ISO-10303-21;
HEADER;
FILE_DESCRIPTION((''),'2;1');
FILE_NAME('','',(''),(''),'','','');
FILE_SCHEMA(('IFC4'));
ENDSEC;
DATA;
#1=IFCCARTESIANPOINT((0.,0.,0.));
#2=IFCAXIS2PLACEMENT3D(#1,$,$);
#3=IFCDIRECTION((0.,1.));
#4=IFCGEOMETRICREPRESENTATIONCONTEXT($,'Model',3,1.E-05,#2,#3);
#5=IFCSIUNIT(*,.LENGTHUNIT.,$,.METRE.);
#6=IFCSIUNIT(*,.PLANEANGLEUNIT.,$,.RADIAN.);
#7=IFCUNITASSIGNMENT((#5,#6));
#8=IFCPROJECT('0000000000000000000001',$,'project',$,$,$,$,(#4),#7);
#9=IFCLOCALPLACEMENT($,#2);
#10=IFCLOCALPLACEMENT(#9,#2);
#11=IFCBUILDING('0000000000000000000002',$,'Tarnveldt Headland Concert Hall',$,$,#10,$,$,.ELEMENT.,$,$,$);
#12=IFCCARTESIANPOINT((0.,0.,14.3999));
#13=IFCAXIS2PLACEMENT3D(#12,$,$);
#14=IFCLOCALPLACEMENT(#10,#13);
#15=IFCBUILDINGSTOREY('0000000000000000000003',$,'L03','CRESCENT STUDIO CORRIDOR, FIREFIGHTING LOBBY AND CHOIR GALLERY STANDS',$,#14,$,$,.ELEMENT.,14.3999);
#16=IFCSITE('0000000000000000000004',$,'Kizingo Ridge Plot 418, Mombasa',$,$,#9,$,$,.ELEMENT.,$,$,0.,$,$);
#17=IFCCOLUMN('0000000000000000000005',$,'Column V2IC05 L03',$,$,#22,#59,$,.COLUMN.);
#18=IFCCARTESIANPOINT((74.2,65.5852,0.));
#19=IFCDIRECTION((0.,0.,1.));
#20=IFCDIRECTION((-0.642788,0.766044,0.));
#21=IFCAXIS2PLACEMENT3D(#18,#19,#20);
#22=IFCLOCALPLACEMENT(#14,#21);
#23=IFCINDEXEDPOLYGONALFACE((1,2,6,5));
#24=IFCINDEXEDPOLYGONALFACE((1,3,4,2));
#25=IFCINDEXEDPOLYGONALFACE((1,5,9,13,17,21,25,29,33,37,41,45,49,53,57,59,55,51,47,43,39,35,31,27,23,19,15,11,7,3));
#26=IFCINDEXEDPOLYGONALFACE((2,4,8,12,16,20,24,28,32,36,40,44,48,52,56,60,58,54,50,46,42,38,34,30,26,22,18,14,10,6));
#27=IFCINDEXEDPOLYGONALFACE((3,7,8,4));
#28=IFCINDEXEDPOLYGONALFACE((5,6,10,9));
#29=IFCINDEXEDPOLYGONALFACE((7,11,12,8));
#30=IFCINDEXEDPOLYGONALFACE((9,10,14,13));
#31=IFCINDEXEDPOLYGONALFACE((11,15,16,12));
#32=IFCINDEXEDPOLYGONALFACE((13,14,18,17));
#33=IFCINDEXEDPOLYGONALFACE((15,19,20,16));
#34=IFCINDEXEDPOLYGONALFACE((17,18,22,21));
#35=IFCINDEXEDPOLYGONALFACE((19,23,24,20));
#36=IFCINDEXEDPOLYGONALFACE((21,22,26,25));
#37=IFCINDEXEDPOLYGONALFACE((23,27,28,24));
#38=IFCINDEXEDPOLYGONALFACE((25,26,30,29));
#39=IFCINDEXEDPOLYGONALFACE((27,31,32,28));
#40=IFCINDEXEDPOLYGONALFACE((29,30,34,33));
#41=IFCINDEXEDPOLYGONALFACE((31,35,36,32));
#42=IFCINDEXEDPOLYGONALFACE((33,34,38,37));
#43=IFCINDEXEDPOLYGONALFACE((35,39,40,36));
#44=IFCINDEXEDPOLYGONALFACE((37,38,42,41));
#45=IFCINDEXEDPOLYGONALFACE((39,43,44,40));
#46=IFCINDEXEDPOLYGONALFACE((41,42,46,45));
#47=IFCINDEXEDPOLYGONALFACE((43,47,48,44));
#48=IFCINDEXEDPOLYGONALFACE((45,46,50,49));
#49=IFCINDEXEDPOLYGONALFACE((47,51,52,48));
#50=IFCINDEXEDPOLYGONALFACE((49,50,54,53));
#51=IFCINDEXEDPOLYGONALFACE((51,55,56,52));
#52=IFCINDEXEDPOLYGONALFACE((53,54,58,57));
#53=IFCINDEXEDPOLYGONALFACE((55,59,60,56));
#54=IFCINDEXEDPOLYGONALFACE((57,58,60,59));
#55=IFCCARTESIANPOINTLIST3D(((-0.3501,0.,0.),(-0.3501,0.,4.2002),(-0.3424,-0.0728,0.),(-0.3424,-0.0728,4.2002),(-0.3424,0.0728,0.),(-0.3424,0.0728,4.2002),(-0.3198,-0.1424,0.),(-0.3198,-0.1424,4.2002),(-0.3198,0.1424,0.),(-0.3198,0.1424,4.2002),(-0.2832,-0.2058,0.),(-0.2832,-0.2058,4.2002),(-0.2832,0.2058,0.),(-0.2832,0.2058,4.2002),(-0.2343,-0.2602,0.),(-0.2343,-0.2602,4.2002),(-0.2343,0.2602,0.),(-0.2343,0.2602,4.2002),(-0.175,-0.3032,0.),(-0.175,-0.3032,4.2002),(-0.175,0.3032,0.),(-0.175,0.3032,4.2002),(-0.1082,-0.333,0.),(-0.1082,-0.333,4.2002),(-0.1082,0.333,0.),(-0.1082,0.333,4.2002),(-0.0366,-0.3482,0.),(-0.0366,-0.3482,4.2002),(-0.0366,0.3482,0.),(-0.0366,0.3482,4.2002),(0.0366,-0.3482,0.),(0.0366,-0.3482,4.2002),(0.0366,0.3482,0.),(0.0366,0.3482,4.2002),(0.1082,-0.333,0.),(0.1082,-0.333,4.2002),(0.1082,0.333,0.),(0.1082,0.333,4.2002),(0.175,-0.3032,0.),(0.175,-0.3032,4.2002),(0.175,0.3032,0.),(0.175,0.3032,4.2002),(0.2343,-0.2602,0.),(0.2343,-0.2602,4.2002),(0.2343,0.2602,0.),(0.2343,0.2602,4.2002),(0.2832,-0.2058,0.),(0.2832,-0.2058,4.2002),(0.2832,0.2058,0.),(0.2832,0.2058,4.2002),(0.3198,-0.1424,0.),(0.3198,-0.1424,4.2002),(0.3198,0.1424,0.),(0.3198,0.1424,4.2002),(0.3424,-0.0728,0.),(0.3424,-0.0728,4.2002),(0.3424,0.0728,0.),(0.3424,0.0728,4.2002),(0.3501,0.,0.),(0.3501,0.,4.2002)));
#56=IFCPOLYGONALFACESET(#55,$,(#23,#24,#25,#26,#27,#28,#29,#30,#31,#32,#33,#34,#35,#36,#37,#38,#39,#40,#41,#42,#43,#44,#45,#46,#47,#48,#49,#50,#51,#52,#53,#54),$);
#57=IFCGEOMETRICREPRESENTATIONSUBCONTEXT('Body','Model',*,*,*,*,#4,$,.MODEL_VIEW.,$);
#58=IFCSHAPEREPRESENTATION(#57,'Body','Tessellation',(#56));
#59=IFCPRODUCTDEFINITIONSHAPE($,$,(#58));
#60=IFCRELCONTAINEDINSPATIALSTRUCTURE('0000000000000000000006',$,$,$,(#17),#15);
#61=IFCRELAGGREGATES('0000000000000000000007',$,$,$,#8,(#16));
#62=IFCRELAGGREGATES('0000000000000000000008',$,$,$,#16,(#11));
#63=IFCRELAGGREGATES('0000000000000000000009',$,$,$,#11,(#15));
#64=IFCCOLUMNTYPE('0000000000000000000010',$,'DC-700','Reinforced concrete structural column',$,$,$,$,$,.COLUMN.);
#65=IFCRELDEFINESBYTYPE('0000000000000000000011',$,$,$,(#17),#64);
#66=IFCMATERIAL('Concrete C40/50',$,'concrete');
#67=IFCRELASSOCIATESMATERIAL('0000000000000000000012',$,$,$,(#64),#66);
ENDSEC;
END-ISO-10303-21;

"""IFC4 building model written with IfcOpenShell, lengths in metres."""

from ifc_helpers import new_model, si_unit, direction, frame, origin, origin_2d, place, context, subcontext, project, spatial, circle, extrude, material, material_profile, profile_set, type_object, element, save


model = new_model("IFC4")

# Units and contexts
model_context = context("Model", 3, precision=1e-05, world=origin(), true_north=direction((0.0, 1.0)))
body_context = subcontext(model_context, "Body", "Model", "MODEL_VIEW")
ifc_project = project(units=[si_unit("LENGTHUNIT", "METRE"), si_unit("PLANEANGLEUNIT", "RADIAN")], contexts=[model_context])

# Site, building, storey
site_placement = place(None, origin())
site = spatial("IfcSite", under=ifc_project, at=site_placement, Name="Kizingo Ridge Plot 418, Mombasa", CompositionType="ELEMENT", RefElevation=0.0)
building_placement = place(site_placement, origin())
building = spatial("IfcBuilding", under=site, at=building_placement, Name="Tarnveldt Headland Concert Hall", CompositionType="ELEMENT")
storey_placement = place(building_placement, frame((0.0, 0.0, 14.3999)))
storey = spatial("IfcBuildingStorey", under=building, at=storey_placement, Name="L03", Description="CRESCENT STUDIO CORRIDOR, FIREFIGHTING LOBBY AND CHOIR GALLERY STANDS", CompositionType="ELEMENT", Elevation=14.3999)

# Column
ifc_material_1 = material(Name="Concrete C40/50", Category="concrete")
ifc_material_profile_1 = material_profile(ifc_material_1, circle(Radius=0.3501, at=origin_2d()), Name="RC D700", Category="concrete")
ifc_profile_set_1 = profile_set([ifc_material_profile_1], Name="Concrete C40/50")
column_type = type_object("IfcColumnType", Name="DC-700", Description="Reinforced concrete structural column", PredefinedType="COLUMN", material=ifc_profile_set_1)
column_placement = place(storey_placement, frame((74.2, 65.5852, 0.0), z_axis=(0.0, 0.0, 1.0), x_axis=(-0.642788, 0.766044, 0.0)))
element("IfcColumn", 1, at=column_placement, inside=storey, type_object=column_type, Name="Column V2IC05 L03", PredefinedType="COLUMN", context=body_context, shape_type="SweptSolid", body=[
    extrude(circle(Radius=0.3501, at=origin_2d()), origin(), (0.0, 0.0, 1.0), 4.2002),
])

save(model, "model.ifc")
